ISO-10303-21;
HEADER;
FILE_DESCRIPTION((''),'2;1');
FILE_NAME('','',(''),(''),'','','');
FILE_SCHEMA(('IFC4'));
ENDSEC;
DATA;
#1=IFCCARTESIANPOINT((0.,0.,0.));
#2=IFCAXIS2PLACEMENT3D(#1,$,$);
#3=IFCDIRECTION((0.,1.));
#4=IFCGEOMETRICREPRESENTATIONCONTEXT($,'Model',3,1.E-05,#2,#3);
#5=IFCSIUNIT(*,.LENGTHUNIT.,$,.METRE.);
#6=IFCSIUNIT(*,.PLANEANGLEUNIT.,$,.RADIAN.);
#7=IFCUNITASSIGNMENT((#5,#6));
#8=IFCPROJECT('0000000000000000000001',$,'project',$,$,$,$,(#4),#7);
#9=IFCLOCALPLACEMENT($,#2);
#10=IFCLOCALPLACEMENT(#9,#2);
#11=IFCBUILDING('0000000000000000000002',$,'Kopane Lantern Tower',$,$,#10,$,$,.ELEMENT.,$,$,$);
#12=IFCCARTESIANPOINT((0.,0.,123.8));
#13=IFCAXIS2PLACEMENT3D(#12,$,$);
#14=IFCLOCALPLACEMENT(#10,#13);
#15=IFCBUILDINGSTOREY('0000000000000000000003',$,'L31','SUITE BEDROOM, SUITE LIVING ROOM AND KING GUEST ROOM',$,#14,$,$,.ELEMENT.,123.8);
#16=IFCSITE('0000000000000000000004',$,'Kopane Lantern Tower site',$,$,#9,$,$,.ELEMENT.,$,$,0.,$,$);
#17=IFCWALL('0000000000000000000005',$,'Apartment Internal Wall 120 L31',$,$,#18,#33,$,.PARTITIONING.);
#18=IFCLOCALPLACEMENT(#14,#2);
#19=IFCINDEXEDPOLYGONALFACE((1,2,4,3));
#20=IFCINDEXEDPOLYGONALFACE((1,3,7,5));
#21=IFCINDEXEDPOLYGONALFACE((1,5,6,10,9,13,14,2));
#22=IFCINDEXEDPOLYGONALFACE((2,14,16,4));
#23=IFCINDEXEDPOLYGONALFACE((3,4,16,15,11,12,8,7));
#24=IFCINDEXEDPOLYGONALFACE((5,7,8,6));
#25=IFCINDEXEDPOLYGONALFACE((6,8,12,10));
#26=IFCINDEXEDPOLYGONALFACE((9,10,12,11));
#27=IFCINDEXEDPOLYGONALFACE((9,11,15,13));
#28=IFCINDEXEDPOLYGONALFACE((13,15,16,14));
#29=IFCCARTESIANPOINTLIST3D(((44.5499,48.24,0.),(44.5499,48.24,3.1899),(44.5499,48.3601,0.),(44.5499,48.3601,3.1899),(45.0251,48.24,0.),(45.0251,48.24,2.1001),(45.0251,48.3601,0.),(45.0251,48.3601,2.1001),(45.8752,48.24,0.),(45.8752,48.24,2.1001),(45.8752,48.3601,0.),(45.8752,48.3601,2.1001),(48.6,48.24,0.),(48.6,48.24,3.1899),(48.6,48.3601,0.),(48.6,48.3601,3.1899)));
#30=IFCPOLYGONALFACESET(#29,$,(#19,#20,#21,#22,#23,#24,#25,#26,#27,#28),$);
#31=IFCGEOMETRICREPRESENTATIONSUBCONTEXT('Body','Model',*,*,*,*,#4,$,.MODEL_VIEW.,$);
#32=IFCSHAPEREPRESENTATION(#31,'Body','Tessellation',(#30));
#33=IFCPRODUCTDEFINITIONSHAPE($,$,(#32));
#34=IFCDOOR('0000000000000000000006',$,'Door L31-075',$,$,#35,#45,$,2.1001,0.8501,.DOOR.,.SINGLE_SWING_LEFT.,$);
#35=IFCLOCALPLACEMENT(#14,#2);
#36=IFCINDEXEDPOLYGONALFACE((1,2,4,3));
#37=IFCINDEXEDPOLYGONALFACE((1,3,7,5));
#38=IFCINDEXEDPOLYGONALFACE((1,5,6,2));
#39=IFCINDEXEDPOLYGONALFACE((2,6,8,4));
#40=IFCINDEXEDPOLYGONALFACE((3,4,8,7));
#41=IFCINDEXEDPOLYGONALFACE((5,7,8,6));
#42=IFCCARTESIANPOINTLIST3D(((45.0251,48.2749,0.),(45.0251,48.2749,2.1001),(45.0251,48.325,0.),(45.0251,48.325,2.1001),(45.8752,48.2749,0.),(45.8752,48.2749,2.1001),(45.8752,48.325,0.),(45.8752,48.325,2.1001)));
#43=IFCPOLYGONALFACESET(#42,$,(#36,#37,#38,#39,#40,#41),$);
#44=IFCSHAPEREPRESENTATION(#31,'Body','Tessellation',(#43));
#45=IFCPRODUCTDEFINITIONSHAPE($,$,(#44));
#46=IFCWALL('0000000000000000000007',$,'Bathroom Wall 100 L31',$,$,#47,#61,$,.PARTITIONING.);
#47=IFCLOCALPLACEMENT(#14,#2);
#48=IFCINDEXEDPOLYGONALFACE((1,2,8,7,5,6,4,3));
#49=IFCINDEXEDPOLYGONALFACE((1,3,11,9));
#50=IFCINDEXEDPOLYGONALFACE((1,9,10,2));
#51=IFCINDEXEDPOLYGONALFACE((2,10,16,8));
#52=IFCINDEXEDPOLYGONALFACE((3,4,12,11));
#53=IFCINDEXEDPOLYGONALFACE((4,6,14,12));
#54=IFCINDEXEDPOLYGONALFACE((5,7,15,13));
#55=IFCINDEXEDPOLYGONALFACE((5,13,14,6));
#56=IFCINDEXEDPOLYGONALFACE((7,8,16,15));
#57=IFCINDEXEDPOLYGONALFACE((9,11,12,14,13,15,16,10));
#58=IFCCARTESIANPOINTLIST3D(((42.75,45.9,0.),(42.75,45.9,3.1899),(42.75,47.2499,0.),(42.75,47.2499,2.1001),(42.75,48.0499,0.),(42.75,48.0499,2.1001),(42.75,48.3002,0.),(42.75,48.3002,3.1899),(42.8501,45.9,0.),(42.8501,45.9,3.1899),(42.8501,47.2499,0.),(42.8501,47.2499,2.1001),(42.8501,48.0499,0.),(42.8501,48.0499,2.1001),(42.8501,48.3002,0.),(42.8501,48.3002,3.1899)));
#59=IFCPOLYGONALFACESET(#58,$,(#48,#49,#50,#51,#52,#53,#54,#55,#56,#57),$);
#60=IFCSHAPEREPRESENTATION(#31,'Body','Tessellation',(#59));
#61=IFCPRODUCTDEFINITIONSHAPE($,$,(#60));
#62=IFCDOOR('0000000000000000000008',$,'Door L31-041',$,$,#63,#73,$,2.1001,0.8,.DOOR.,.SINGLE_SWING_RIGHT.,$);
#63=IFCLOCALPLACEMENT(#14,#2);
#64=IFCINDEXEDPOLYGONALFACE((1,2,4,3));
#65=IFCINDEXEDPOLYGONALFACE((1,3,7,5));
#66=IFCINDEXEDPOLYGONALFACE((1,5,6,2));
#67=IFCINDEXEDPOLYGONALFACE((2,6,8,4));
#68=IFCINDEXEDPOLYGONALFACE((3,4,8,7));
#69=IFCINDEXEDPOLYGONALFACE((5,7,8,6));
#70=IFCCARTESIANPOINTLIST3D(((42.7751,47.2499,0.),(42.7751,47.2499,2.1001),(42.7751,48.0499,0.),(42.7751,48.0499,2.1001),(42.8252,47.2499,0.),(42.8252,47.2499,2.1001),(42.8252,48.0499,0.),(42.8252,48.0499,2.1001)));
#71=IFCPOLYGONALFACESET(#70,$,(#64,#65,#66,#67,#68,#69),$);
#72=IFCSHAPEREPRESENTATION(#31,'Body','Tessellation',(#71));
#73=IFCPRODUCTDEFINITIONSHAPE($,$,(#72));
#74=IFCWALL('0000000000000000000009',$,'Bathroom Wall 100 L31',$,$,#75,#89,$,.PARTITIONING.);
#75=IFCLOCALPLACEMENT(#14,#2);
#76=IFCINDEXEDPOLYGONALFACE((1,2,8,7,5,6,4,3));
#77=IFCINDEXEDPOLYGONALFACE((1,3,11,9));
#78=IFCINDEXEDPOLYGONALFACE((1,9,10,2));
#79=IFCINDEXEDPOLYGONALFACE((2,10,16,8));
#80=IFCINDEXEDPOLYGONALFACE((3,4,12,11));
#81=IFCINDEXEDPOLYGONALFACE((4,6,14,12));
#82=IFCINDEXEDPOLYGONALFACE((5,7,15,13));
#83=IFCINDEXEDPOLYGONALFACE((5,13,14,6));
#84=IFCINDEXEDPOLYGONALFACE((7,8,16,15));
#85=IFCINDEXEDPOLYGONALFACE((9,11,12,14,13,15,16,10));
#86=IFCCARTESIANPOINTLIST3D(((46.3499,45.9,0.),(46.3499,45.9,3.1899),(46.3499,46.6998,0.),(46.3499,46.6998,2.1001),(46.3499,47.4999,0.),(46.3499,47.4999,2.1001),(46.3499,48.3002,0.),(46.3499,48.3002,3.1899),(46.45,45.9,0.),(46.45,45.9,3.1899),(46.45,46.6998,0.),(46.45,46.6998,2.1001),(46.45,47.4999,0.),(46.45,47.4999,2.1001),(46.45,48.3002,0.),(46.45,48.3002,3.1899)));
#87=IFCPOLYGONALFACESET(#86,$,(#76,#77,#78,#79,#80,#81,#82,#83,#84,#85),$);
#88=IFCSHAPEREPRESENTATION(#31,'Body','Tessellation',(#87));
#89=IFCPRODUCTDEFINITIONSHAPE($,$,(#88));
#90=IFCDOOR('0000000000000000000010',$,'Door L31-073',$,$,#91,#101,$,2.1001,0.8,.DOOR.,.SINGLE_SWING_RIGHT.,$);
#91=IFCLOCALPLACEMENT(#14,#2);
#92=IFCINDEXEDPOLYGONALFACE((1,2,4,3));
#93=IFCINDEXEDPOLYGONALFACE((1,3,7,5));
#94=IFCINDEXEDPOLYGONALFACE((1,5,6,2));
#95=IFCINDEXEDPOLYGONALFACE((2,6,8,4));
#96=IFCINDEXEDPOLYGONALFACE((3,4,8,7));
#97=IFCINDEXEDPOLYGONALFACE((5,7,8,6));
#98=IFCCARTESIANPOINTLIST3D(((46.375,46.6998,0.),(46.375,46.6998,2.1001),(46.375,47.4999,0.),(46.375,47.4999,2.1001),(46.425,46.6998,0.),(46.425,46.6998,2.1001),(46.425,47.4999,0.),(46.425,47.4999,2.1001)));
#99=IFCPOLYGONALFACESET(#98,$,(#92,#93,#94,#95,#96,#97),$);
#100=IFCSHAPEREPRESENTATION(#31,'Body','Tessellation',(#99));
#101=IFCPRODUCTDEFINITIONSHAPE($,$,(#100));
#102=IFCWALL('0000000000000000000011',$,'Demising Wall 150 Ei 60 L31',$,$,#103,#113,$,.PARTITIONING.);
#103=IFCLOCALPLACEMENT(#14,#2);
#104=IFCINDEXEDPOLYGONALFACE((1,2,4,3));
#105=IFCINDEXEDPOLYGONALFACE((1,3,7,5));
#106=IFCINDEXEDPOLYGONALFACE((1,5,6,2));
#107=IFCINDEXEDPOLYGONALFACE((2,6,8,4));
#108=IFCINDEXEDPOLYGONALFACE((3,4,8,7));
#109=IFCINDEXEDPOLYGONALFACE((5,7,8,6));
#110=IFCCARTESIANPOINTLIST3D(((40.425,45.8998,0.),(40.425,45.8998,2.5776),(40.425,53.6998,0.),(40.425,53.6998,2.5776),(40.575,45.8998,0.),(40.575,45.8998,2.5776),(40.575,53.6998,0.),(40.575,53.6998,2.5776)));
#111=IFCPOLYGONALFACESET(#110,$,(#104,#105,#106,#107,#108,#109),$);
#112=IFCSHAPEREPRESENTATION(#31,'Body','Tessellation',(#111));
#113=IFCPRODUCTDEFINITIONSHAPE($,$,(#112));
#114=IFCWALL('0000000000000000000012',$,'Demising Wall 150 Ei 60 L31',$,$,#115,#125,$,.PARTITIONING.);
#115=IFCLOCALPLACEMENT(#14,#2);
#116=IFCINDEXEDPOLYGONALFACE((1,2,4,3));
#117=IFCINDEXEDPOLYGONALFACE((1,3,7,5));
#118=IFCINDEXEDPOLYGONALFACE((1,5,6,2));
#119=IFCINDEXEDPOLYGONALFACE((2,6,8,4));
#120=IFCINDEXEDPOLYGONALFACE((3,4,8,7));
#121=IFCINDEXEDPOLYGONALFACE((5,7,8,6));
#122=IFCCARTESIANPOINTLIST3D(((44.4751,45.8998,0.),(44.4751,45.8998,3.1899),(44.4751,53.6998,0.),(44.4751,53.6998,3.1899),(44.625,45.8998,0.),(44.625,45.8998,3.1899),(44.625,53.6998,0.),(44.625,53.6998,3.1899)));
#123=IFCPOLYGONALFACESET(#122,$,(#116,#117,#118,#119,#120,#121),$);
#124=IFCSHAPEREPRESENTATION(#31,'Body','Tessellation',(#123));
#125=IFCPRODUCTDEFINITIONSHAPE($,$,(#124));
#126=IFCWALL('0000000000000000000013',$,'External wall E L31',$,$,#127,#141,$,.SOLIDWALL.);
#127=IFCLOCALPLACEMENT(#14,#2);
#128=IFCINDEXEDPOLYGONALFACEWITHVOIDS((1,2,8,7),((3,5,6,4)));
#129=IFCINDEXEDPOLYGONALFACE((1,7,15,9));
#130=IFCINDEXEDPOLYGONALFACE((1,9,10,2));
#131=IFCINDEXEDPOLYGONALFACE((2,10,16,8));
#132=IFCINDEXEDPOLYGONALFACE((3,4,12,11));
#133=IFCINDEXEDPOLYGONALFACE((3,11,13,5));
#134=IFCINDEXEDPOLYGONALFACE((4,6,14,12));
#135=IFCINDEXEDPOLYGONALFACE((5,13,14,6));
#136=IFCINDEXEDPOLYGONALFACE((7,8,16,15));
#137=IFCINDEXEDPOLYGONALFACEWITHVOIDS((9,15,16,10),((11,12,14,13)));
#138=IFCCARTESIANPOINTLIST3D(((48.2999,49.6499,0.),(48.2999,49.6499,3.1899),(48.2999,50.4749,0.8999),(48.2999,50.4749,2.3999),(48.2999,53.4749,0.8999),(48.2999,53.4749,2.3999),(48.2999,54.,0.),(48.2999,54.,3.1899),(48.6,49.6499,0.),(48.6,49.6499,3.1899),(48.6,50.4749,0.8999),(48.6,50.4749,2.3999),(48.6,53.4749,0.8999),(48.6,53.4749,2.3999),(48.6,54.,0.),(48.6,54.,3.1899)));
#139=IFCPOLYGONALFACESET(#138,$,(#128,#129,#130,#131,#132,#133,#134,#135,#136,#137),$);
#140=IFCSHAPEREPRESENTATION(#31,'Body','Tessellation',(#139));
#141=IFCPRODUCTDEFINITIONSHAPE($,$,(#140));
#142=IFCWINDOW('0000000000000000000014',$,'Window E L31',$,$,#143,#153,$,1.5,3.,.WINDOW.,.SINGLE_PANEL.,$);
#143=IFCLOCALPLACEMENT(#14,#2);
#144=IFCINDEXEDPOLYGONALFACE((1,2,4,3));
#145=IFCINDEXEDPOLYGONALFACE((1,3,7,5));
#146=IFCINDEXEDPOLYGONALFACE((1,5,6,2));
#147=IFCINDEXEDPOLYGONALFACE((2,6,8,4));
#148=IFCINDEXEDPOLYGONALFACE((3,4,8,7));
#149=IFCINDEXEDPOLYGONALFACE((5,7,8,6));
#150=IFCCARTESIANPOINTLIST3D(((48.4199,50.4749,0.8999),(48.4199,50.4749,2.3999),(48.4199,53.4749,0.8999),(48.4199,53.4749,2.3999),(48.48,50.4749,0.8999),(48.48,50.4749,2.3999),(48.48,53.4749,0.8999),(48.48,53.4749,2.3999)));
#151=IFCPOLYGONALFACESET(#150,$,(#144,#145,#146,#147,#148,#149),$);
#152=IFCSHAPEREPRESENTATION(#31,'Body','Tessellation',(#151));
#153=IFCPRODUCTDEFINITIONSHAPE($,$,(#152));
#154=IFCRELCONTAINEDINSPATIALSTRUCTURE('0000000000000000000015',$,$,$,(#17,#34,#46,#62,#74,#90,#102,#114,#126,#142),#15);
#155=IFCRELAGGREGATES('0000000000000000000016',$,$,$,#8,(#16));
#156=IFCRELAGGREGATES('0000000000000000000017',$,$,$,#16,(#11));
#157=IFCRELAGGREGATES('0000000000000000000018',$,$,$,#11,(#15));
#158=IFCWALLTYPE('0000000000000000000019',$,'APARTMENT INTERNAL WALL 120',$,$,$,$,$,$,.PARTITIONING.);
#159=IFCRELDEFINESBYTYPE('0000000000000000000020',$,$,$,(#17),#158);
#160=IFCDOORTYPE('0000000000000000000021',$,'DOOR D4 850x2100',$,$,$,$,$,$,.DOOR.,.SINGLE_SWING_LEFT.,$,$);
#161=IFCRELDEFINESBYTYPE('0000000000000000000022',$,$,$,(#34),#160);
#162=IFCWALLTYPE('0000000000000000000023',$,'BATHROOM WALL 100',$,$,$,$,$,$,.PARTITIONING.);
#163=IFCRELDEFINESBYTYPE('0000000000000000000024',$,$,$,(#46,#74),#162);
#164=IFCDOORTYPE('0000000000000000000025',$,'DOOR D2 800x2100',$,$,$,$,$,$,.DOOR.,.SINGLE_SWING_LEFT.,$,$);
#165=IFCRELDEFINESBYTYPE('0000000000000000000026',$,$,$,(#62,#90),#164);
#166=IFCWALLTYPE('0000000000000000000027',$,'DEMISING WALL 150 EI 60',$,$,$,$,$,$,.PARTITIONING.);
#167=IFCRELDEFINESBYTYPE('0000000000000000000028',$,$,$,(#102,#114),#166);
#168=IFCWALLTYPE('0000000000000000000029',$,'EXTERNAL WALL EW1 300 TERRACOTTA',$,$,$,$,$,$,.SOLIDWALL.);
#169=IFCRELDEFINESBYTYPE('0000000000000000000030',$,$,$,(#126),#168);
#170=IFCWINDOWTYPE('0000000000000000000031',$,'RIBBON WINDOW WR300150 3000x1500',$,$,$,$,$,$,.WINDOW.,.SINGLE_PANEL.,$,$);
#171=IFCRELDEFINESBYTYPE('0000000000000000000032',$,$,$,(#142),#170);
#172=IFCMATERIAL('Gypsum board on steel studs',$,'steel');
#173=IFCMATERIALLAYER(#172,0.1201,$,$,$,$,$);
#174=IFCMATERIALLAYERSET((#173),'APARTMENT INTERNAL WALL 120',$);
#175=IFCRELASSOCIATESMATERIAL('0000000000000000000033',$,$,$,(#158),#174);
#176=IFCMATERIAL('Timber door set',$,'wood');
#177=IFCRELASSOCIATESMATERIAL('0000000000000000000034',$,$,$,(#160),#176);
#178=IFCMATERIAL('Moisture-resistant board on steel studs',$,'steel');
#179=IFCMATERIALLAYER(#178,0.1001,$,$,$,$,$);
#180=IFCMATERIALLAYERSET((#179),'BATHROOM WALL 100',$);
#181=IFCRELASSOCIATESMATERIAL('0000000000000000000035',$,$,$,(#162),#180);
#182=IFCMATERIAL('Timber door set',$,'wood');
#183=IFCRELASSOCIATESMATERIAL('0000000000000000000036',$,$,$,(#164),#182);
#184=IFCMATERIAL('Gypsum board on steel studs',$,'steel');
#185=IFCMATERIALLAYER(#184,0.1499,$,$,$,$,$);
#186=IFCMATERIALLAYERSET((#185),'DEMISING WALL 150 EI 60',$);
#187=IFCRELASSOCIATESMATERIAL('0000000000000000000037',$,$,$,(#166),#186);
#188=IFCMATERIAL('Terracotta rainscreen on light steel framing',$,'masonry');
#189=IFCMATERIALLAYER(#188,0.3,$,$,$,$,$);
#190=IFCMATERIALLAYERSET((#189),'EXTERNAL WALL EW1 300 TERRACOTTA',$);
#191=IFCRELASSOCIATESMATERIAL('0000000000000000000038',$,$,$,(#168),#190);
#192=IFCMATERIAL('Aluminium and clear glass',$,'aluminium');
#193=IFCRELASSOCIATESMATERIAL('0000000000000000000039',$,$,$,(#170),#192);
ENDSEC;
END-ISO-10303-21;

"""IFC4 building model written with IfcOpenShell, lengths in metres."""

from ifc_helpers import new_model, si_unit, direction, frame, frame_2d, origin, place, context, subcontext, project, spatial, rectangle, extrude, material, layer, layer_set, type_object, element, fill, save


model = new_model("IFC4")

# Units and contexts
model_context = context("Model", 3, precision=1e-05, world=origin(), true_north=direction((0.0, 1.0)))
body_context = subcontext(model_context, "Body", "Model", "MODEL_VIEW")
ifc_project = project(units=[si_unit("LENGTHUNIT", "METRE"), si_unit("PLANEANGLEUNIT", "RADIAN")], contexts=[model_context])

# Site, building, storey
site_placement = place(None, origin())
site = spatial("IfcSite", under=ifc_project, at=site_placement, Name="Kopane Lantern Tower site", CompositionType="ELEMENT", RefElevation=0.0)
building_placement = place(site_placement, origin())
building = spatial("IfcBuilding", under=site, at=building_placement, Name="Kopane Lantern Tower", CompositionType="ELEMENT")
storey_placement = place(building_placement, frame((0.0, 0.0, 123.8)))
storey = spatial("IfcBuildingStorey", under=building, at=storey_placement, Name="L31", Description="SUITE BEDROOM, SUITE LIVING ROOM AND KING GUEST ROOM", CompositionType="ELEMENT", Elevation=123.8)

# Walls, openings, doors
ifc_material_1 = material(Name="Gypsum board on steel studs", Category="steel")
ifc_layer_1 = layer(ifc_material_1, 0.1201)
ifc_layer_set_1 = layer_set([ifc_layer_1], Name="APARTMENT INTERNAL WALL 120")
wall_type_1 = type_object("IfcWallType", Name="APARTMENT INTERNAL WALL 120", PredefinedType="PARTITIONING", material=ifc_layer_set_1)
wall_1_placement = place(storey_placement, frame((44.55, 48.3, 0.0), z_axis=(0.0, 0.0, 1.0), x_axis=(1.0, 0.0, 0.0)))
wall_1 = element("IfcWall", 1, at=wall_1_placement, inside=storey, type_object=wall_type_1, Name="Apartment Internal Wall 120 L31", PredefinedType="PARTITIONING", context=body_context, shape_type="SweptSolid", body=[
    extrude(rectangle(XDim=4.05, YDim=0.1201, at=frame_2d((2.0249, 0.0))), origin(), (0.0, 0.0, 1.0), 3.1899),
])
opening_1_placement = place(wall_1_placement, frame((0.4751, 0.0, 0.0)))
opening_1 = element("IfcOpeningElement", 2, at=opening_1_placement, cuts=wall_1, PredefinedType="OPENING", context=body_context, shape_type="SweptSolid", body=[
    extrude(rectangle(XDim=0.8501, YDim=2.1001, at=frame_2d((0.425, 1.05))), frame((0.0, 0.0701, 0.0), z_axis=(0.0, -1.0, 0.0), x_axis=(1.0, 0.0, 0.0)), (0.0, 0.0, 1.0), 0.1401),
])
ifc_material_2 = material(Name="Timber door set", Category="wood")
door_type_1 = type_object("IfcDoorType", Name="DOOR D4 850x2100", OperationType="SINGLE_SWING_LEFT", PredefinedType="DOOR", material=ifc_material_2)
door_1_placement = place(opening_1_placement, origin())
door_1 = element("IfcDoor", 3, at=door_1_placement, inside=storey, type_object=door_type_1, Name="Door L31-075", OperationType="SINGLE_SWING_LEFT", OverallHeight=2.1001, OverallWidth=0.8501, PredefinedType="DOOR", context=body_context, shape_type="SweptSolid", body=[
    extrude(rectangle(XDim=0.8501, YDim=2.1001, at=frame_2d((0.425, 1.05))), frame((0.0, 0.0249, 0.0), z_axis=(0.0, -1.0, 0.0), x_axis=(1.0, 0.0, 0.0)), (0.0, 0.0, 1.0), 0.05),
])
fill(opening_1, door_1)
ifc_material_3 = material(Name="Moisture-resistant board on steel studs", Category="steel")
ifc_layer_2 = layer(ifc_material_3, 0.1001)
ifc_layer_set_2 = layer_set([ifc_layer_2], Name="BATHROOM WALL 100")
wall_type_2 = type_object("IfcWallType", Name="BATHROOM WALL 100", PredefinedType="PARTITIONING", material=ifc_layer_set_2)
wall_2_placement = place(storey_placement, frame((42.8, 45.8999, 0.0), z_axis=(0.0, 0.0, 1.0), x_axis=(0.0, 1.0, 0.0)))
wall_2 = element("IfcWall", 4, at=wall_2_placement, inside=storey, type_object=wall_type_2, Name="Bathroom Wall 100 L31", PredefinedType="PARTITIONING", context=body_context, shape_type="SweptSolid", body=[
    extrude(rectangle(XDim=2.4001, YDim=0.1001, at=frame_2d((1.2002, 0.0))), origin(), (0.0, 0.0, 1.0), 3.1899),
])
opening_2_placement = place(wall_2_placement, frame((1.3501, 0.0, 0.0)))
opening_2 = element("IfcOpeningElement", 5, at=opening_2_placement, cuts=wall_2, PredefinedType="OPENING", context=body_context, shape_type="SweptSolid", body=[
    extrude(rectangle(XDim=0.8, YDim=2.1001, at=frame_2d((0.3999, 1.05))), frame((0.0, 0.0601, 0.0), z_axis=(0.0, -1.0, 0.0), x_axis=(1.0, 0.0, 0.0)), (0.0, 0.0, 1.0), 0.1201),
])
ifc_material_4 = material(Name="Timber door set", Category="wood")
door_type_2 = type_object("IfcDoorType", Name="DOOR D2 800x2100", OperationType="SINGLE_SWING_LEFT", PredefinedType="DOOR", material=ifc_material_4)
door_2_placement = place(opening_2_placement, origin())
door_2 = element("IfcDoor", 6, at=door_2_placement, inside=storey, type_object=door_type_2, Name="Door L31-041", OperationType="SINGLE_SWING_RIGHT", OverallHeight=2.1001, OverallWidth=0.8, PredefinedType="DOOR", context=body_context, shape_type="SweptSolid", body=[
    extrude(rectangle(XDim=0.8, YDim=2.1001, at=frame_2d((0.3999, 1.05))), frame((0.0, 0.0249, 0.0), z_axis=(0.0, -1.0, 0.0), x_axis=(1.0, 0.0, 0.0)), (0.0, 0.0, 1.0), 0.05),
])
fill(opening_2, door_2)
wall_3_placement = place(storey_placement, frame((46.3999, 45.8999, 0.0), z_axis=(0.0, 0.0, 1.0), x_axis=(0.0, 1.0, 0.0)))
wall_3 = element("IfcWall", 7, at=wall_3_placement, inside=storey, type_object=wall_type_2, Name="Bathroom Wall 100 L31", PredefinedType="PARTITIONING", context=body_context, shape_type="SweptSolid", body=[
    extrude(rectangle(XDim=2.4001, YDim=0.1001, at=frame_2d((1.2002, 0.0))), origin(), (0.0, 0.0, 1.0), 3.1899),
])
opening_3_placement = place(wall_3_placement, frame((0.8, 0.0, 0.0)))
opening_3 = element("IfcOpeningElement", 8, at=opening_3_placement, cuts=wall_3, PredefinedType="OPENING", context=body_context, shape_type="SweptSolid", body=[
    extrude(rectangle(XDim=0.8, YDim=2.1001, at=frame_2d((0.3999, 1.05))), frame((0.0, 0.0601, 0.0), z_axis=(0.0, -1.0, 0.0), x_axis=(1.0, 0.0, 0.0)), (0.0, 0.0, 1.0), 0.1201),
])
door_3_placement = place(opening_3_placement, origin())
door_3 = element("IfcDoor", 9, at=door_3_placement, inside=storey, type_object=door_type_2, Name="Door L31-073", OperationType="SINGLE_SWING_RIGHT", OverallHeight=2.1001, OverallWidth=0.8, PredefinedType="DOOR", context=body_context, shape_type="SweptSolid", body=[
    extrude(rectangle(XDim=0.8, YDim=2.1001, at=frame_2d((0.3999, 1.05))), frame((0.0, 0.0249, 0.0), z_axis=(0.0, -1.0, 0.0), x_axis=(1.0, 0.0, 0.0)), (0.0, 0.0, 1.0), 0.05),
])
fill(opening_3, door_3)

# Walls
ifc_material_5 = material(Name="Gypsum board on steel studs", Category="steel")
ifc_layer_3 = layer(ifc_material_5, 0.1499)
ifc_layer_set_3 = layer_set([ifc_layer_3], Name="DEMISING WALL 150 EI 60")
wall_type_3 = type_object("IfcWallType", Name="DEMISING WALL 150 EI 60", PredefinedType="PARTITIONING", material=ifc_layer_set_3)
wall_4_placement = place(storey_placement, frame((40.5, 45.8999, 0.0), z_axis=(0.0, 0.0, 1.0), x_axis=(0.0, 1.0, 0.0)))
element("IfcWall", 10, at=wall_4_placement, inside=storey, type_object=wall_type_3, Name="Demising Wall 150 Ei 60 L31", PredefinedType="PARTITIONING", context=body_context, shape_type="SweptSolid", body=[
    extrude(rectangle(XDim=7.8, YDim=0.1499, at=frame_2d((3.8999, 0.0))), origin(), (0.0, 0.0, 1.0), 2.5776),
])
wall_5_placement = place(storey_placement, frame((44.55, 45.8999, 0.0), z_axis=(0.0, 0.0, 1.0), x_axis=(0.0, 1.0, 0.0)))
element("IfcWall", 11, at=wall_5_placement, inside=storey, type_object=wall_type_3, Name="Demising Wall 150 Ei 60 L31", PredefinedType="PARTITIONING", context=body_context, shape_type="SweptSolid", body=[
    extrude(rectangle(XDim=7.8, YDim=0.1499, at=frame_2d((3.8999, 0.0))), origin(), (0.0, 0.0, 1.0), 3.1899),
])

# Wall, opening, window
ifc_material_6 = material(Name="Terracotta rainscreen on light steel framing", Category="masonry")
ifc_layer_4 = layer(ifc_material_6, 0.3)
ifc_layer_set_4 = layer_set([ifc_layer_4], Name="EXTERNAL WALL EW1 300 TERRACOTTA")
wall_type_4 = type_object("IfcWallType", Name="EXTERNAL WALL EW1 300 TERRACOTTA", PredefinedType="SOLIDWALL", material=ifc_layer_set_4)
wall_6_placement = place(storey_placement, frame((48.45, 49.6499, 0.0), z_axis=(0.0, 0.0, 1.0), x_axis=(0.0, 1.0, 0.0)))
wall_6 = element("IfcWall", 12, at=wall_6_placement, inside=storey, type_object=wall_type_4, Name="External wall E L31", PredefinedType="SOLIDWALL", context=body_context, shape_type="SweptSolid", body=[
    extrude(rectangle(XDim=4.3501, YDim=0.3, at=frame_2d((2.175, 0.0))), origin(), (0.0, 0.0, 1.0), 3.1899),
])
opening_4_placement = place(wall_6_placement, frame((0.825, 0.0, 0.8999)))
opening_4 = element("IfcOpeningElement", 13, at=opening_4_placement, cuts=wall_6, PredefinedType="OPENING", context=body_context, shape_type="SweptSolid", body=[
    extrude(rectangle(XDim=3.0, YDim=1.5, at=frame_2d((1.5, 0.75))), frame((0.0, 0.1599, 0.0), z_axis=(0.0, -1.0, 0.0), x_axis=(1.0, 0.0, 0.0)), (0.0, 0.0, 1.0), 0.3201),
])
ifc_material_7 = material(Name="Aluminium and clear glass", Category="aluminium")
window_type_1 = type_object("IfcWindowType", Name="RIBBON WINDOW WR300150 3000x1500", PartitioningType="SINGLE_PANEL", PredefinedType="WINDOW", material=ifc_material_7)
window_1_placement = place(opening_4_placement, origin())
window_1 = element("IfcWindow", 14, at=window_1_placement, inside=storey, type_object=window_type_1, Name="Window E L31", OverallHeight=1.5, OverallWidth=3.0, PartitioningType="SINGLE_PANEL", PredefinedType="WINDOW", context=body_context, shape_type="SweptSolid", body=[
    extrude(rectangle(XDim=3.0, YDim=1.5, at=frame_2d((1.5, 0.75))), frame((0.0, 0.03, 0.0), z_axis=(0.0, -1.0, 0.0), x_axis=(1.0, 0.0, 0.0)), (0.0, 0.0, 1.0), 0.0601),
])
fill(opening_4, window_1)

save(model, "model.ifc")
